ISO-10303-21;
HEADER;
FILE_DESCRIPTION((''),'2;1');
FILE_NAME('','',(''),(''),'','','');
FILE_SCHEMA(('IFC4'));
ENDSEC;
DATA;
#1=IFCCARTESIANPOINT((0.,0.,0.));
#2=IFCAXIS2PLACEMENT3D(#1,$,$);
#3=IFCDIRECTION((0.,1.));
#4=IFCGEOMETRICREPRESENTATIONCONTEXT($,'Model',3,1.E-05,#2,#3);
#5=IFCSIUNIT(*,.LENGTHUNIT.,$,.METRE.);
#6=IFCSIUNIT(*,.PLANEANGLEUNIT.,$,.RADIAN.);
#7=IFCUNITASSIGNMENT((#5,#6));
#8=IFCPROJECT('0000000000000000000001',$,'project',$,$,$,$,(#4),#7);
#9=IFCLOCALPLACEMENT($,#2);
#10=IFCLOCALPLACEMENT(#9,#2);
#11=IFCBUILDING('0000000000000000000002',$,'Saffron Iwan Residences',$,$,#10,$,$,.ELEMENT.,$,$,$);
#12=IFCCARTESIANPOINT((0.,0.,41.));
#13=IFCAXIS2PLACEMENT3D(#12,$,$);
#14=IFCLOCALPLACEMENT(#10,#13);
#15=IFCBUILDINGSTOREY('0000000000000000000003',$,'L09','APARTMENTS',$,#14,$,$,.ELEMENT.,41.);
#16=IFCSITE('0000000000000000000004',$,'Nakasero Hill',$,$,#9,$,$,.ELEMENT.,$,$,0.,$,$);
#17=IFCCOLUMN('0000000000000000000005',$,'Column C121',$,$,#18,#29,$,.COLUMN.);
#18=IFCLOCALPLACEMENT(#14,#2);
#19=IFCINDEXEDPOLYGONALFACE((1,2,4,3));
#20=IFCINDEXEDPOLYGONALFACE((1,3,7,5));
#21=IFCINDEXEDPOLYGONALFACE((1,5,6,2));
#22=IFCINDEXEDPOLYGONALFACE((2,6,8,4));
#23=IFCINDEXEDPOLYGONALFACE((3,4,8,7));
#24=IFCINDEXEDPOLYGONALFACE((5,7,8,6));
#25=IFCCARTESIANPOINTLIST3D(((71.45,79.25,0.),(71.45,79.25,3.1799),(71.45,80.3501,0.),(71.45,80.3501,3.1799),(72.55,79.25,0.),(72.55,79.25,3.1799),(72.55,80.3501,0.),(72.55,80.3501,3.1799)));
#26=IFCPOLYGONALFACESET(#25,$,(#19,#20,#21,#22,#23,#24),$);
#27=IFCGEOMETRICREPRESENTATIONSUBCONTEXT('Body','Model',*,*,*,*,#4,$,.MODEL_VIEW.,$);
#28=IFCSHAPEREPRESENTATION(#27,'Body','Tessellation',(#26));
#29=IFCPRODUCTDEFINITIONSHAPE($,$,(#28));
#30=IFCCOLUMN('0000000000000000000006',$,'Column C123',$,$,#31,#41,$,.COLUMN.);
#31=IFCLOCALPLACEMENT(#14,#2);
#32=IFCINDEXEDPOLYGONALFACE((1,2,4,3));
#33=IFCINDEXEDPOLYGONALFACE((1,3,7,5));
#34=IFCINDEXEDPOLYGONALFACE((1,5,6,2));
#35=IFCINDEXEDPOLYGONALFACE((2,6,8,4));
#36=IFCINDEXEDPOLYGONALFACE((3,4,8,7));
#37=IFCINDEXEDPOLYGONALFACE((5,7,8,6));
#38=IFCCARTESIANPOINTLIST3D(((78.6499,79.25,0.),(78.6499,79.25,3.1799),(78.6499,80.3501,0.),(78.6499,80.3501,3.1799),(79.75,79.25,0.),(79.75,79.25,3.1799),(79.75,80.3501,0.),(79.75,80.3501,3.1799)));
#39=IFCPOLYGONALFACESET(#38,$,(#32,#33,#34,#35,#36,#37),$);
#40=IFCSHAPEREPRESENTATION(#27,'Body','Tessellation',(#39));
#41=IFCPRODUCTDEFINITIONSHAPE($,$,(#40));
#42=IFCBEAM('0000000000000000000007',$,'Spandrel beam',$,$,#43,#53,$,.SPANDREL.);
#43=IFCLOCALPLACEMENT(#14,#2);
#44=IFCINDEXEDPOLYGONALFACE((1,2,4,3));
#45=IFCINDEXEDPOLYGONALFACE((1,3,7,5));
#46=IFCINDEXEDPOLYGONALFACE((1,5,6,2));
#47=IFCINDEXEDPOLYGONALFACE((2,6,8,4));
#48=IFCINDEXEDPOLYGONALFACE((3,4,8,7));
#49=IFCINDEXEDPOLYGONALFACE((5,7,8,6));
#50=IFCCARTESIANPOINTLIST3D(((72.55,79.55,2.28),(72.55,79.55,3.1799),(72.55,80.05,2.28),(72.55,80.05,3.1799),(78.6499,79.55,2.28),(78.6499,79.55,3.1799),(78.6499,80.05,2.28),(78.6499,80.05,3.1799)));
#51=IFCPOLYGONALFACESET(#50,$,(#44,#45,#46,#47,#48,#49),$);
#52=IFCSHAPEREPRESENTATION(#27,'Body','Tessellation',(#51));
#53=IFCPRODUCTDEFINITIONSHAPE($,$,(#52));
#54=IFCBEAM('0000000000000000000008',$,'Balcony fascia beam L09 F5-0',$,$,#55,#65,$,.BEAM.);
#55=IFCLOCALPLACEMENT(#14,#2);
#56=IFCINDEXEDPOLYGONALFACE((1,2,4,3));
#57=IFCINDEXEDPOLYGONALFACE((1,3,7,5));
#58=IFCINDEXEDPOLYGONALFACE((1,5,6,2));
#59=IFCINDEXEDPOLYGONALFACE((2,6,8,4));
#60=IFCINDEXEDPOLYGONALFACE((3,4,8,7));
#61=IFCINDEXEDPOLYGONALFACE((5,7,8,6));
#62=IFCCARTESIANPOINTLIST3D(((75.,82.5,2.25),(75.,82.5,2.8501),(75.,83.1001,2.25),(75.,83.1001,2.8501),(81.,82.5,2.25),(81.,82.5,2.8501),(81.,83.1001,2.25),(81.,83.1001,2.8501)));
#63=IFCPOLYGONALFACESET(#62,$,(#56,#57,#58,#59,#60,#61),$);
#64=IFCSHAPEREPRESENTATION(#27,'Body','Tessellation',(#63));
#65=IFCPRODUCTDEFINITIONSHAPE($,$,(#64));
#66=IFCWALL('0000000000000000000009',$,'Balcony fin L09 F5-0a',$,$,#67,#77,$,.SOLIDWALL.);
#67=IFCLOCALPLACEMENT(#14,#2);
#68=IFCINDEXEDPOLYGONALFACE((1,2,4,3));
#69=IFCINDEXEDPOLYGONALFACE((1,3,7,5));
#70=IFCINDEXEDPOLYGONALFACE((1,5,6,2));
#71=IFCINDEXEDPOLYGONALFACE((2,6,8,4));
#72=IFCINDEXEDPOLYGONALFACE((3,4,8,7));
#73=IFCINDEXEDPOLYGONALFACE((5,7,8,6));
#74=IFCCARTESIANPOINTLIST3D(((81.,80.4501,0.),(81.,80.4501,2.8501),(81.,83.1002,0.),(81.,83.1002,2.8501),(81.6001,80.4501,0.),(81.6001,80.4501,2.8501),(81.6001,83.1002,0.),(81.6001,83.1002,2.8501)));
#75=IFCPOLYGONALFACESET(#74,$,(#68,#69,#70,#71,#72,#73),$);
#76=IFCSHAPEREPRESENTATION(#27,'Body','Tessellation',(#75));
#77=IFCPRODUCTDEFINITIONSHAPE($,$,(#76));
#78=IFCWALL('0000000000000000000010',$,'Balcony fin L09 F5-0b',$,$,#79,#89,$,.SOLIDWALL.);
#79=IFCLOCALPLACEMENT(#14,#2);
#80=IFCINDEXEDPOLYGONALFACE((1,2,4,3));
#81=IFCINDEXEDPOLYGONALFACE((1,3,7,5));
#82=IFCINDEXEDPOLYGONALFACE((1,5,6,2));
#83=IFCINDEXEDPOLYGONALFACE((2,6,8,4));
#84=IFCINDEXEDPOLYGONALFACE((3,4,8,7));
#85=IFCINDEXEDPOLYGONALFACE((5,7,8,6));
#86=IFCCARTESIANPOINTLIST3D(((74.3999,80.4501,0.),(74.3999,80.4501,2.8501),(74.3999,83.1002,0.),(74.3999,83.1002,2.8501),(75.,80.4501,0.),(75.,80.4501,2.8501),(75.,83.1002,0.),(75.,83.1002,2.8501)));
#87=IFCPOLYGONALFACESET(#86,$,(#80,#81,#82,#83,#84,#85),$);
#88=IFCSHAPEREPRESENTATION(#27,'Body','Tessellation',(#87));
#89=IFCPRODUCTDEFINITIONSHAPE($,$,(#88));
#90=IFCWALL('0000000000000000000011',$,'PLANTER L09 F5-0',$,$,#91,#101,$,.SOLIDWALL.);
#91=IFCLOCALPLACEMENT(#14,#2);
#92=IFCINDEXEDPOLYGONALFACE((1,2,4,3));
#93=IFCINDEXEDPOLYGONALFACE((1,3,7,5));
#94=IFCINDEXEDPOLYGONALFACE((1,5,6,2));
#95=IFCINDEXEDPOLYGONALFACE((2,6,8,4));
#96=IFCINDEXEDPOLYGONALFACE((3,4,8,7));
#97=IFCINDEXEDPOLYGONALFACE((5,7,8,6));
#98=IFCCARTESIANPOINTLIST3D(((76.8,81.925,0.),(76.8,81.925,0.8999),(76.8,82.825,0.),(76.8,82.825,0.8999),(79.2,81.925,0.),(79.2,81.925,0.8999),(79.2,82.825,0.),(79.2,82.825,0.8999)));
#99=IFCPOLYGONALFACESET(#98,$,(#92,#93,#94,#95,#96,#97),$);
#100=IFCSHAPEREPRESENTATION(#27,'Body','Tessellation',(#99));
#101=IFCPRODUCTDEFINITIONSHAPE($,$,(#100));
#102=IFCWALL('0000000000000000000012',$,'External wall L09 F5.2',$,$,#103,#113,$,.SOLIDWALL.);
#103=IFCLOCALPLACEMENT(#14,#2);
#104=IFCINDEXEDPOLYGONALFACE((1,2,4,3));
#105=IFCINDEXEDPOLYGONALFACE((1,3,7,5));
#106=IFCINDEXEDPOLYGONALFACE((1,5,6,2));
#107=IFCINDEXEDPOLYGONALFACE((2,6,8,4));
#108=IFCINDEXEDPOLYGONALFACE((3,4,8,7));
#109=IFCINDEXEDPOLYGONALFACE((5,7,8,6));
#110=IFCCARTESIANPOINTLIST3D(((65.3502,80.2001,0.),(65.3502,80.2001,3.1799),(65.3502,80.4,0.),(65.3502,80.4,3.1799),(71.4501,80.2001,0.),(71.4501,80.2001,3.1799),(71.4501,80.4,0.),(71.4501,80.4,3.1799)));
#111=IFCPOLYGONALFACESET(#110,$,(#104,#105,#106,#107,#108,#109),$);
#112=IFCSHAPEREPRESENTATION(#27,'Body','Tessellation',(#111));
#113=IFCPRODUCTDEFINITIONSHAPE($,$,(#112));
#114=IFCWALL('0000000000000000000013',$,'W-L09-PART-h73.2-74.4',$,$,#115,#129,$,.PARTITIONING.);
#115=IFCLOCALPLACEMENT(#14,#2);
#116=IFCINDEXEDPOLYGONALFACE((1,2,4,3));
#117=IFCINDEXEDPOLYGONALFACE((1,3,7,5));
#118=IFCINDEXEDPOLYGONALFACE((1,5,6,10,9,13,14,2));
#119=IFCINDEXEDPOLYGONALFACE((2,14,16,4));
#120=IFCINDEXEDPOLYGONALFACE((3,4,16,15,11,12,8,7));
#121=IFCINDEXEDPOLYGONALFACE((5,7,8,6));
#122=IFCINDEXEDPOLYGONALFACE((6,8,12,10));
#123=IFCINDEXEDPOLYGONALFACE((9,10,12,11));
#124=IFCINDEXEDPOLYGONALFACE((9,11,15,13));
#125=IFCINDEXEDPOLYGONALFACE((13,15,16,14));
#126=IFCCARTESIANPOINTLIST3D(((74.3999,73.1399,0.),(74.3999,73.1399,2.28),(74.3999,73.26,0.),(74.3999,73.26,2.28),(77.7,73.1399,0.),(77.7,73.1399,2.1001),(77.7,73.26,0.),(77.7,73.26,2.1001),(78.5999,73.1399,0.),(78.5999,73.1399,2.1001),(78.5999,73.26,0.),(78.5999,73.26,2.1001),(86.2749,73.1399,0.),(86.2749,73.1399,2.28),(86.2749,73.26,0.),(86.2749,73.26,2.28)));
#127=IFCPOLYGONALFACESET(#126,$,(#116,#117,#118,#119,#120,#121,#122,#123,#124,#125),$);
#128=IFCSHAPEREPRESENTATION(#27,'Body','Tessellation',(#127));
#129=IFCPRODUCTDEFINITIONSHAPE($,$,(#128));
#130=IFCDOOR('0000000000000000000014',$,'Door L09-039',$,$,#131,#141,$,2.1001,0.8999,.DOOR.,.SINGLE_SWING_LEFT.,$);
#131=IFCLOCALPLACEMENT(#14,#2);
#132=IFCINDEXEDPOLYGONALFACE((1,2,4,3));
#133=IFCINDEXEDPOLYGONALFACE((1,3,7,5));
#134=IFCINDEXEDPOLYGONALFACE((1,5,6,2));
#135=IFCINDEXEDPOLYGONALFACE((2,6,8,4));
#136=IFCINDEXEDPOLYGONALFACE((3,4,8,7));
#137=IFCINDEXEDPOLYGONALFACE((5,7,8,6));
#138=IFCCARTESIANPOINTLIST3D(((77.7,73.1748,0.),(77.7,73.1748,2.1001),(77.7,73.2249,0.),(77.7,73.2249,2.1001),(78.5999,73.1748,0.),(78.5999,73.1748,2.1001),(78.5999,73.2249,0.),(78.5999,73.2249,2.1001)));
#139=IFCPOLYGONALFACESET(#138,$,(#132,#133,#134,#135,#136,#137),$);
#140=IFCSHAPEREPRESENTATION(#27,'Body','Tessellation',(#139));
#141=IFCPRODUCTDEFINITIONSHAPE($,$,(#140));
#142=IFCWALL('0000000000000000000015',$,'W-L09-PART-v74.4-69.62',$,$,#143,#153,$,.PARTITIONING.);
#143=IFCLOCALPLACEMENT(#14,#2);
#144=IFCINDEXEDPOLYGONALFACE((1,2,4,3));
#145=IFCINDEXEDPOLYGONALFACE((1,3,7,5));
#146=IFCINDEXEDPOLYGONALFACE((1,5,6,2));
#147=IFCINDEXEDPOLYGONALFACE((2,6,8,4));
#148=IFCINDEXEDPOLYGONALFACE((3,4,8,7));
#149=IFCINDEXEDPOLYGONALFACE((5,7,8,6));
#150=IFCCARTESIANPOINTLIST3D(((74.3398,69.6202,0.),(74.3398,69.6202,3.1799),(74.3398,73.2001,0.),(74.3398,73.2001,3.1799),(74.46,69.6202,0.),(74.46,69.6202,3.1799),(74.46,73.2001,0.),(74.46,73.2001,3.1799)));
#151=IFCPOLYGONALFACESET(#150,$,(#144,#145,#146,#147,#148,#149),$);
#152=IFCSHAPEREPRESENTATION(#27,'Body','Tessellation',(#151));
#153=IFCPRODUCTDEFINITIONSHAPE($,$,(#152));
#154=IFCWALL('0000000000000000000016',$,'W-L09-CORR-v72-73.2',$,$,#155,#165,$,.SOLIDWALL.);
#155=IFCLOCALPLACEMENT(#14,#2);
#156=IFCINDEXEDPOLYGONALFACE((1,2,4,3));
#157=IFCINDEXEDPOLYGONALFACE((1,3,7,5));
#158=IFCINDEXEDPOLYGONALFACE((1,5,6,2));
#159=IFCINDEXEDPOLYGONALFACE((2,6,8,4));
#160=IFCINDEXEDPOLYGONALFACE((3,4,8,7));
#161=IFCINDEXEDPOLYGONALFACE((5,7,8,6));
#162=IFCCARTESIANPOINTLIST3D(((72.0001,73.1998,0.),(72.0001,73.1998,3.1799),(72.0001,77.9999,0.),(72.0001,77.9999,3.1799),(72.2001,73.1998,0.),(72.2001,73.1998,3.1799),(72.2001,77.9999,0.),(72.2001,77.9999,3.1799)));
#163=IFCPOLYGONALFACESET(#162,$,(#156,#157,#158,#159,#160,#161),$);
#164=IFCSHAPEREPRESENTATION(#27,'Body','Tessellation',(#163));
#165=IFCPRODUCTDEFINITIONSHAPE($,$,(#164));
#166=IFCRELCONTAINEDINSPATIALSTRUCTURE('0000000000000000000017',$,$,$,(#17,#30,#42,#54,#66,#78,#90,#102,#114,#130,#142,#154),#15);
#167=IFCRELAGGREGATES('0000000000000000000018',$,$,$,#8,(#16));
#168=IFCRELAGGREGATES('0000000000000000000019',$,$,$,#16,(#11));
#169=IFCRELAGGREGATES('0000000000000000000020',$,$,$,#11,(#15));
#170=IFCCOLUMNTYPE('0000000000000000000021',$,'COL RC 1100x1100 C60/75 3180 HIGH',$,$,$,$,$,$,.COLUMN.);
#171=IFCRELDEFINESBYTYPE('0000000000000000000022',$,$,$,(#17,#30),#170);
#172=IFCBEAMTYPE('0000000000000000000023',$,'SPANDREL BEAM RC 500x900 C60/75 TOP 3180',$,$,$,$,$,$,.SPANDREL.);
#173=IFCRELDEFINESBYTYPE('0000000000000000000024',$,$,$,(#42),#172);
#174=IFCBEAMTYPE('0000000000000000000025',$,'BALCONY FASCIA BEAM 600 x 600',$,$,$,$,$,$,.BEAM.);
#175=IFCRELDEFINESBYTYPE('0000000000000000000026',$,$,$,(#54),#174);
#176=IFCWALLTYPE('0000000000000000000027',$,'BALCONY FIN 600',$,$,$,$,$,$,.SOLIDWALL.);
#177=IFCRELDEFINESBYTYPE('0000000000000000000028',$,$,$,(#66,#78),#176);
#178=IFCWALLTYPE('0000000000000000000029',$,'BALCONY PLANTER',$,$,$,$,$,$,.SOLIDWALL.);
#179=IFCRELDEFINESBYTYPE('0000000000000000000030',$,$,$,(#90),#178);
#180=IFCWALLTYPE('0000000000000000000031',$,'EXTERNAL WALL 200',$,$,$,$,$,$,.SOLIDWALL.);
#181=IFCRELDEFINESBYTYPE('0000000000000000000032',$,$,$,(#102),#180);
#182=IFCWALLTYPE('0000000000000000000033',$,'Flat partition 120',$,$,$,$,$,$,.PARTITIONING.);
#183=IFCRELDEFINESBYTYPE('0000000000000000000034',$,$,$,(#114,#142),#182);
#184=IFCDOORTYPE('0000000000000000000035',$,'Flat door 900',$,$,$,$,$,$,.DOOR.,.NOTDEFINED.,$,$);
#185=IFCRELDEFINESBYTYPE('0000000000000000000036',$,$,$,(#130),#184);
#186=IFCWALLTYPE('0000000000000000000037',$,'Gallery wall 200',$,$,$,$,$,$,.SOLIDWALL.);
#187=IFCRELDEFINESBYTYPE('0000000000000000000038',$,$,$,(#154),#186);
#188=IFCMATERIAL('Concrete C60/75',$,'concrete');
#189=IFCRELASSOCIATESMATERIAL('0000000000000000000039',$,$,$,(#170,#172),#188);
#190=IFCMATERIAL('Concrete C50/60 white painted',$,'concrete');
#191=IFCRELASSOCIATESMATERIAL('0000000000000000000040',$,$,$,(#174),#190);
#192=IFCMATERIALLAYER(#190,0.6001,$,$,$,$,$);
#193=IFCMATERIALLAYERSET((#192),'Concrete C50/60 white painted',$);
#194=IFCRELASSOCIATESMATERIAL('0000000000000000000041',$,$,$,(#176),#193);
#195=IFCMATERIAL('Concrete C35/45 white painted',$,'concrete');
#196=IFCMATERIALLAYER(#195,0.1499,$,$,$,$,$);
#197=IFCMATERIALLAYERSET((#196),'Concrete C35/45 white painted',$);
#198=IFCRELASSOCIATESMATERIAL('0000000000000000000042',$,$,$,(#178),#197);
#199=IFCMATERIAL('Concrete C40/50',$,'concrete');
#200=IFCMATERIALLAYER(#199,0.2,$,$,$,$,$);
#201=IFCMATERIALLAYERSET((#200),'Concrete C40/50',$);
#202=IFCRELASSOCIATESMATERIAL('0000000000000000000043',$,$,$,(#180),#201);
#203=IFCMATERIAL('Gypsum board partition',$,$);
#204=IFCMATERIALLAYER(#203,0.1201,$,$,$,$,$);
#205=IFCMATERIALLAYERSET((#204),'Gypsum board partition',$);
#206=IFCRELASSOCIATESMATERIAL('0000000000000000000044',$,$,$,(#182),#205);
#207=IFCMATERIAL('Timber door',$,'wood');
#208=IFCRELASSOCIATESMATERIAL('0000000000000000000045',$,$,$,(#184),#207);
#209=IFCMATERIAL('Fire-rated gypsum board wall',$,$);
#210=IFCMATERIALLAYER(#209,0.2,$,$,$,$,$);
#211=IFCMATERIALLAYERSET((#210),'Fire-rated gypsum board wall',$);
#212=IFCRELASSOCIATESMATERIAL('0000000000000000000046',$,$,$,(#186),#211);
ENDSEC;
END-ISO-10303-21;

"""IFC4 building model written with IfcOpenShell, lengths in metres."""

from ifc_helpers import new_model, si_unit, direction, frame, frame_2d, origin, origin_2d, place, context, subcontext, project, spatial, rectangle, extrude, source, transform, mapped, material, layer, layer_set, material_profile, profile_set, type_object, element, fill, save


model = new_model("IFC4")

# Units and contexts
model_context = context("Model", 3, precision=1e-05, world=origin(), true_north=direction((0.0, 1.0)))
body_context = subcontext(model_context, "Body", "Model", "MODEL_VIEW")
ifc_project = project(units=[si_unit("LENGTHUNIT", "METRE"), si_unit("PLANEANGLEUNIT", "RADIAN")], contexts=[model_context])

# Site, building, storey
site_placement = place(None, origin())
site = spatial("IfcSite", under=ifc_project, at=site_placement, Name="Nakasero Hill", CompositionType="ELEMENT", RefElevation=0.0)
building_placement = place(site_placement, origin())
building = spatial("IfcBuilding", under=site, at=building_placement, Name="Saffron Iwan Residences", CompositionType="ELEMENT")
storey_placement = place(building_placement, frame((0.0, 0.0, 41.0)))
storey = spatial("IfcBuildingStorey", under=building, at=storey_placement, Name="L09", Description="APARTMENTS", CompositionType="ELEMENT", Elevation=41.0)

# Columns
ifc_material_1 = material(Name="Concrete C60/75", Category="concrete")
ifc_material_profile_1 = material_profile(ifc_material_1, rectangle(XDim=1.1001, YDim=1.1001, at=origin_2d()), Name="RC 1100x1100")
ifc_profile_set_1 = profile_set([ifc_material_profile_1], Name="Concrete C60/75")
column_type = type_object("IfcColumnType", Name="COL RC 1100x1100 C60/75 3180 HIGH", PredefinedType="COLUMN", material=ifc_profile_set_1)
shared_shape_1 = source(origin(), body_context, "Body", "SweptSolid", [
    extrude(rectangle(XDim=1.1001, YDim=1.1001, at=origin_2d()), origin(), (0.0, 0.0, 1.0), 3.1799),
])
for number, where, z_axis, x_axis, name in (
    (1, (72.0, 79.8, 0.0), (0.0, 0.0, 1.0), (1.0, 0.0, 0.0), "Column C121"),
    (2, (79.2, 79.8, 0.0), (0.0, 0.0, 1.0), (1.0, 0.0, 0.0), "Column C123"),
):
    element("IfcColumn", number, at=place(storey_placement, frame(where, z_axis=z_axis, x_axis=x_axis)), inside=storey, type_object=column_type, Name=name, PredefinedType="COLUMN", context=body_context, shape_type="MappedRepresentation", body=[
        mapped(shared_shape_1, transform((0.0, 0.0, 0.0))),
    ])

# Beams
ifc_material_profile_2 = material_profile(ifc_material_1, rectangle(XDim=0.5, YDim=0.8999, at=origin_2d()), Name="RC 500x900")
ifc_profile_set_2 = profile_set([ifc_material_profile_2], Name="Concrete C60/75")
beam_type_1 = type_object("IfcBeamType", Name="SPANDREL BEAM RC 500x900 C60/75 TOP 3180", PredefinedType="SPANDREL", material=ifc_profile_set_2)
shared_shape_2 = source(origin(), body_context, "Body", "SweptSolid", [
    extrude(rectangle(XDim=0.5, YDim=0.8999, at=origin_2d()), origin(), (0.0, 0.0, 1.0), 6.0999),
])
beam_1_placement = place(storey_placement, frame((72.55, 79.8, 2.73), z_axis=(1.0, 0.0, 0.0), x_axis=(0.0, 1.0, 0.0)))
element("IfcBeam", 3, at=beam_1_placement, inside=storey, type_object=beam_type_1, Name="Spandrel beam", PredefinedType="SPANDREL", context=body_context, shape_type="MappedRepresentation", body=[
    mapped(shared_shape_2, transform((0.0, 0.0, 0.0))),
])
ifc_material_2 = material(Name="Concrete C50/60 white painted", Category="concrete")
ifc_material_profile_3 = material_profile(ifc_material_2, rectangle(XDim=0.6001, YDim=0.6001, at=origin_2d()), Name="BALCONY FASCIA BEAM 600 x 600")
ifc_profile_set_3 = profile_set([ifc_material_profile_3], Name="Concrete C50/60 white painted")
beam_type_2 = type_object("IfcBeamType", Name="BALCONY FASCIA BEAM 600 x 600", PredefinedType="BEAM", material=ifc_profile_set_3)
shared_shape_3 = source(origin(), body_context, "Body", "SweptSolid", [
    extrude(rectangle(XDim=0.6001, YDim=0.6001, at=origin_2d()), origin(), (0.0, 0.0, 1.0), 6.0),
])
beam_2_placement = place(storey_placement, frame((81.0, 82.8, 2.55), z_axis=(-1.0, 0.0, 0.0), x_axis=(0.0, -1.0, 0.0)))
element("IfcBeam", 4, at=beam_2_placement, inside=storey, type_object=beam_type_2, Name="Balcony fascia beam L09 F5-0", PredefinedType="BEAM", context=body_context, shape_type="MappedRepresentation", body=[
    mapped(shared_shape_3, transform((0.0, 0.0, 0.0))),
])

# Walls
ifc_layer_1 = layer(ifc_material_2, 0.6001)
ifc_layer_set_1 = layer_set([ifc_layer_1], Name="Concrete C50/60 white painted")
wall_type_1 = type_object("IfcWallType", Name="BALCONY FIN 600", PredefinedType="SOLIDWALL", material=ifc_layer_set_1)
for number, where, z_axis, x_axis, name in (
    (5, (81.3, 80.45, 0.0), (0.0, 0.0, 1.0), (0.0, 1.0, 0.0), "Balcony fin L09 F5-0a"),
    (6, (74.7, 80.45, 0.0), (0.0, 0.0, 1.0), (0.0, 1.0, 0.0), "Balcony fin L09 F5-0b"),
):
    element("IfcWall", number, at=place(storey_placement, frame(where, z_axis=z_axis, x_axis=x_axis)), inside=storey, type_object=wall_type_1, Name=name, PredefinedType="SOLIDWALL", context=body_context, shape_type="SweptSolid", body=[
        extrude(rectangle(XDim=2.6501, YDim=0.6001, at=frame_2d((1.3252, 0.0))), origin(), (0.0, 0.0, 1.0), 2.8501),
    ])
ifc_material_3 = material(Name="Concrete C35/45 white painted", Category="concrete")
ifc_layer_2 = layer(ifc_material_3, 0.1499)
ifc_layer_set_2 = layer_set([ifc_layer_2], Name="Concrete C35/45 white painted")
wall_type_2 = type_object("IfcWallType", Name="BALCONY PLANTER", PredefinedType="SOLIDWALL", material=ifc_layer_set_2)
wall_1_placement = place(storey_placement, frame((79.2, 82.375, 0.0), z_axis=(0.0, 0.0, 1.0), x_axis=(-1.0, 0.0, 0.0)))
element("IfcWall", 7, at=wall_1_placement, inside=storey, type_object=wall_type_2, Name="PLANTER L09 F5-0", PredefinedType="SOLIDWALL", context=body_context, shape_type="SweptSolid", body=[
    extrude(rectangle(XDim=2.3999, YDim=0.8999, at=frame_2d((1.2, 0.0))), origin(), (0.0, 0.0, 1.0), 0.8999),
])

# Shared definitions
ifc_material_4 = material(Name="Concrete C40/50", Category="concrete")
ifc_layer_3 = layer(ifc_material_4, 0.2)
ifc_layer_set_3 = layer_set([ifc_layer_3], Name="Concrete C40/50")
wall_type_3 = type_object("IfcWallType", Name="EXTERNAL WALL 200", PredefinedType="SOLIDWALL", material=ifc_layer_set_3)

# Wall
wall_2_placement = place(storey_placement, frame((71.45, 80.3, 0.0), z_axis=(0.0, 0.0, 1.0), x_axis=(-1.0, 0.0, 0.0)))
element("IfcWall", 8, at=wall_2_placement, inside=storey, type_object=wall_type_3, Name="External wall L09 F5.2", PredefinedType="SOLIDWALL", context=body_context, shape_type="SweptSolid", body=[
    extrude(rectangle(XDim=6.0999, YDim=0.2, at=frame_2d((3.0498, 0.0))), origin(), (0.0, 0.0, 1.0), 3.1799),
])

# Wall, opening, door
ifc_material_5 = material(Name="Gypsum board partition")
ifc_layer_4 = layer(ifc_material_5, 0.1201)
ifc_layer_set_4 = layer_set([ifc_layer_4], Name="Gypsum board partition")
wall_type_4 = type_object("IfcWallType", Name="Flat partition 120", PredefinedType="PARTITIONING", material=ifc_layer_set_4)
wall_3_placement = place(storey_placement, frame((74.3999, 73.2, 0.0), z_axis=(0.0, 0.0, 1.0), x_axis=(1.0, 0.0, 0.0)))
wall_3 = element("IfcWall", 9, at=wall_3_placement, inside=storey, type_object=wall_type_4, Name="W-L09-PART-h73.2-74.4", PredefinedType="PARTITIONING", context=body_context, shape_type="SweptSolid", body=[
    extrude(rectangle(XDim=11.875, YDim=0.1201, at=frame_2d((5.9375, 0.0))), origin(), (0.0, 0.0, 1.0), 2.28),
])
opening_1_placement = place(wall_3_placement, frame((3.3, 0.0, 0.0)))
opening_1 = element("IfcOpeningElement", 10, at=opening_1_placement, cuts=wall_3, PredefinedType="OPENING", context=body_context, shape_type="SweptSolid", body=[
    extrude(rectangle(XDim=0.8999, YDim=2.1001, at=frame_2d((0.45, 1.05))), frame((0.0, 0.0701, 0.0), z_axis=(0.0, -1.0, 0.0), x_axis=(1.0, 0.0, 0.0)), (0.0, 0.0, 1.0), 0.1401),
])
ifc_material_6 = material(Name="Timber door", Category="wood")
door_type_1 = type_object("IfcDoorType", Name="Flat door 900", OperationType="NOTDEFINED", PredefinedType="DOOR", material=ifc_material_6)
door_1_placement = place(opening_1_placement, origin())
door_1 = element("IfcDoor", 11, at=door_1_placement, inside=storey, type_object=door_type_1, Name="Door L09-039", OperationType="SINGLE_SWING_LEFT", OverallHeight=2.1001, OverallWidth=0.8999, PredefinedType="DOOR", context=body_context, shape_type="SweptSolid", body=[
    extrude(rectangle(XDim=0.8999, YDim=2.1001, at=frame_2d((0.45, 1.05))), frame((0.0, 0.0249, 0.0), z_axis=(0.0, -1.0, 0.0), x_axis=(1.0, 0.0, 0.0)), (0.0, 0.0, 1.0), 0.05),
])
fill(opening_1, door_1)

# Walls
wall_4_placement = place(storey_placement, frame((74.3999, 69.6201, 0.0), z_axis=(0.0, 0.0, 1.0), x_axis=(0.0, 1.0, 0.0)))
element("IfcWall", 12, at=wall_4_placement, inside=storey, type_object=wall_type_4, Name="W-L09-PART-v74.4-69.62", PredefinedType="PARTITIONING", context=body_context, shape_type="SweptSolid", body=[
    extrude(rectangle(XDim=3.5798, YDim=0.1201, at=frame_2d((1.79, 0.0))), origin(), (0.0, 0.0, 1.0), 3.1799),
])
ifc_material_7 = material(Name="Fire-rated gypsum board wall")
ifc_layer_5 = layer(ifc_material_7, 0.2)
ifc_layer_set_5 = layer_set([ifc_layer_5], Name="Fire-rated gypsum board wall")
wall_type_5 = type_object("IfcWallType", Name="Gallery wall 200", PredefinedType="SOLIDWALL", material=ifc_layer_set_5)
wall_5_placement = place(storey_placement, frame((72.1001, 73.2, 0.0), z_axis=(0.0, 0.0, 1.0), x_axis=(0.0, 1.0, 0.0)))
element("IfcWall", 13, at=wall_5_placement, inside=storey, type_object=wall_type_5, Name="W-L09-CORR-v72-73.2", PredefinedType="SOLIDWALL", context=body_context, shape_type="SweptSolid", body=[
    extrude(rectangle(XDim=4.8, YDim=0.2, at=frame_2d((2.3999, 0.0))), origin(), (0.0, 0.0, 1.0), 3.1799),
])

save(model, "model.ifc")
